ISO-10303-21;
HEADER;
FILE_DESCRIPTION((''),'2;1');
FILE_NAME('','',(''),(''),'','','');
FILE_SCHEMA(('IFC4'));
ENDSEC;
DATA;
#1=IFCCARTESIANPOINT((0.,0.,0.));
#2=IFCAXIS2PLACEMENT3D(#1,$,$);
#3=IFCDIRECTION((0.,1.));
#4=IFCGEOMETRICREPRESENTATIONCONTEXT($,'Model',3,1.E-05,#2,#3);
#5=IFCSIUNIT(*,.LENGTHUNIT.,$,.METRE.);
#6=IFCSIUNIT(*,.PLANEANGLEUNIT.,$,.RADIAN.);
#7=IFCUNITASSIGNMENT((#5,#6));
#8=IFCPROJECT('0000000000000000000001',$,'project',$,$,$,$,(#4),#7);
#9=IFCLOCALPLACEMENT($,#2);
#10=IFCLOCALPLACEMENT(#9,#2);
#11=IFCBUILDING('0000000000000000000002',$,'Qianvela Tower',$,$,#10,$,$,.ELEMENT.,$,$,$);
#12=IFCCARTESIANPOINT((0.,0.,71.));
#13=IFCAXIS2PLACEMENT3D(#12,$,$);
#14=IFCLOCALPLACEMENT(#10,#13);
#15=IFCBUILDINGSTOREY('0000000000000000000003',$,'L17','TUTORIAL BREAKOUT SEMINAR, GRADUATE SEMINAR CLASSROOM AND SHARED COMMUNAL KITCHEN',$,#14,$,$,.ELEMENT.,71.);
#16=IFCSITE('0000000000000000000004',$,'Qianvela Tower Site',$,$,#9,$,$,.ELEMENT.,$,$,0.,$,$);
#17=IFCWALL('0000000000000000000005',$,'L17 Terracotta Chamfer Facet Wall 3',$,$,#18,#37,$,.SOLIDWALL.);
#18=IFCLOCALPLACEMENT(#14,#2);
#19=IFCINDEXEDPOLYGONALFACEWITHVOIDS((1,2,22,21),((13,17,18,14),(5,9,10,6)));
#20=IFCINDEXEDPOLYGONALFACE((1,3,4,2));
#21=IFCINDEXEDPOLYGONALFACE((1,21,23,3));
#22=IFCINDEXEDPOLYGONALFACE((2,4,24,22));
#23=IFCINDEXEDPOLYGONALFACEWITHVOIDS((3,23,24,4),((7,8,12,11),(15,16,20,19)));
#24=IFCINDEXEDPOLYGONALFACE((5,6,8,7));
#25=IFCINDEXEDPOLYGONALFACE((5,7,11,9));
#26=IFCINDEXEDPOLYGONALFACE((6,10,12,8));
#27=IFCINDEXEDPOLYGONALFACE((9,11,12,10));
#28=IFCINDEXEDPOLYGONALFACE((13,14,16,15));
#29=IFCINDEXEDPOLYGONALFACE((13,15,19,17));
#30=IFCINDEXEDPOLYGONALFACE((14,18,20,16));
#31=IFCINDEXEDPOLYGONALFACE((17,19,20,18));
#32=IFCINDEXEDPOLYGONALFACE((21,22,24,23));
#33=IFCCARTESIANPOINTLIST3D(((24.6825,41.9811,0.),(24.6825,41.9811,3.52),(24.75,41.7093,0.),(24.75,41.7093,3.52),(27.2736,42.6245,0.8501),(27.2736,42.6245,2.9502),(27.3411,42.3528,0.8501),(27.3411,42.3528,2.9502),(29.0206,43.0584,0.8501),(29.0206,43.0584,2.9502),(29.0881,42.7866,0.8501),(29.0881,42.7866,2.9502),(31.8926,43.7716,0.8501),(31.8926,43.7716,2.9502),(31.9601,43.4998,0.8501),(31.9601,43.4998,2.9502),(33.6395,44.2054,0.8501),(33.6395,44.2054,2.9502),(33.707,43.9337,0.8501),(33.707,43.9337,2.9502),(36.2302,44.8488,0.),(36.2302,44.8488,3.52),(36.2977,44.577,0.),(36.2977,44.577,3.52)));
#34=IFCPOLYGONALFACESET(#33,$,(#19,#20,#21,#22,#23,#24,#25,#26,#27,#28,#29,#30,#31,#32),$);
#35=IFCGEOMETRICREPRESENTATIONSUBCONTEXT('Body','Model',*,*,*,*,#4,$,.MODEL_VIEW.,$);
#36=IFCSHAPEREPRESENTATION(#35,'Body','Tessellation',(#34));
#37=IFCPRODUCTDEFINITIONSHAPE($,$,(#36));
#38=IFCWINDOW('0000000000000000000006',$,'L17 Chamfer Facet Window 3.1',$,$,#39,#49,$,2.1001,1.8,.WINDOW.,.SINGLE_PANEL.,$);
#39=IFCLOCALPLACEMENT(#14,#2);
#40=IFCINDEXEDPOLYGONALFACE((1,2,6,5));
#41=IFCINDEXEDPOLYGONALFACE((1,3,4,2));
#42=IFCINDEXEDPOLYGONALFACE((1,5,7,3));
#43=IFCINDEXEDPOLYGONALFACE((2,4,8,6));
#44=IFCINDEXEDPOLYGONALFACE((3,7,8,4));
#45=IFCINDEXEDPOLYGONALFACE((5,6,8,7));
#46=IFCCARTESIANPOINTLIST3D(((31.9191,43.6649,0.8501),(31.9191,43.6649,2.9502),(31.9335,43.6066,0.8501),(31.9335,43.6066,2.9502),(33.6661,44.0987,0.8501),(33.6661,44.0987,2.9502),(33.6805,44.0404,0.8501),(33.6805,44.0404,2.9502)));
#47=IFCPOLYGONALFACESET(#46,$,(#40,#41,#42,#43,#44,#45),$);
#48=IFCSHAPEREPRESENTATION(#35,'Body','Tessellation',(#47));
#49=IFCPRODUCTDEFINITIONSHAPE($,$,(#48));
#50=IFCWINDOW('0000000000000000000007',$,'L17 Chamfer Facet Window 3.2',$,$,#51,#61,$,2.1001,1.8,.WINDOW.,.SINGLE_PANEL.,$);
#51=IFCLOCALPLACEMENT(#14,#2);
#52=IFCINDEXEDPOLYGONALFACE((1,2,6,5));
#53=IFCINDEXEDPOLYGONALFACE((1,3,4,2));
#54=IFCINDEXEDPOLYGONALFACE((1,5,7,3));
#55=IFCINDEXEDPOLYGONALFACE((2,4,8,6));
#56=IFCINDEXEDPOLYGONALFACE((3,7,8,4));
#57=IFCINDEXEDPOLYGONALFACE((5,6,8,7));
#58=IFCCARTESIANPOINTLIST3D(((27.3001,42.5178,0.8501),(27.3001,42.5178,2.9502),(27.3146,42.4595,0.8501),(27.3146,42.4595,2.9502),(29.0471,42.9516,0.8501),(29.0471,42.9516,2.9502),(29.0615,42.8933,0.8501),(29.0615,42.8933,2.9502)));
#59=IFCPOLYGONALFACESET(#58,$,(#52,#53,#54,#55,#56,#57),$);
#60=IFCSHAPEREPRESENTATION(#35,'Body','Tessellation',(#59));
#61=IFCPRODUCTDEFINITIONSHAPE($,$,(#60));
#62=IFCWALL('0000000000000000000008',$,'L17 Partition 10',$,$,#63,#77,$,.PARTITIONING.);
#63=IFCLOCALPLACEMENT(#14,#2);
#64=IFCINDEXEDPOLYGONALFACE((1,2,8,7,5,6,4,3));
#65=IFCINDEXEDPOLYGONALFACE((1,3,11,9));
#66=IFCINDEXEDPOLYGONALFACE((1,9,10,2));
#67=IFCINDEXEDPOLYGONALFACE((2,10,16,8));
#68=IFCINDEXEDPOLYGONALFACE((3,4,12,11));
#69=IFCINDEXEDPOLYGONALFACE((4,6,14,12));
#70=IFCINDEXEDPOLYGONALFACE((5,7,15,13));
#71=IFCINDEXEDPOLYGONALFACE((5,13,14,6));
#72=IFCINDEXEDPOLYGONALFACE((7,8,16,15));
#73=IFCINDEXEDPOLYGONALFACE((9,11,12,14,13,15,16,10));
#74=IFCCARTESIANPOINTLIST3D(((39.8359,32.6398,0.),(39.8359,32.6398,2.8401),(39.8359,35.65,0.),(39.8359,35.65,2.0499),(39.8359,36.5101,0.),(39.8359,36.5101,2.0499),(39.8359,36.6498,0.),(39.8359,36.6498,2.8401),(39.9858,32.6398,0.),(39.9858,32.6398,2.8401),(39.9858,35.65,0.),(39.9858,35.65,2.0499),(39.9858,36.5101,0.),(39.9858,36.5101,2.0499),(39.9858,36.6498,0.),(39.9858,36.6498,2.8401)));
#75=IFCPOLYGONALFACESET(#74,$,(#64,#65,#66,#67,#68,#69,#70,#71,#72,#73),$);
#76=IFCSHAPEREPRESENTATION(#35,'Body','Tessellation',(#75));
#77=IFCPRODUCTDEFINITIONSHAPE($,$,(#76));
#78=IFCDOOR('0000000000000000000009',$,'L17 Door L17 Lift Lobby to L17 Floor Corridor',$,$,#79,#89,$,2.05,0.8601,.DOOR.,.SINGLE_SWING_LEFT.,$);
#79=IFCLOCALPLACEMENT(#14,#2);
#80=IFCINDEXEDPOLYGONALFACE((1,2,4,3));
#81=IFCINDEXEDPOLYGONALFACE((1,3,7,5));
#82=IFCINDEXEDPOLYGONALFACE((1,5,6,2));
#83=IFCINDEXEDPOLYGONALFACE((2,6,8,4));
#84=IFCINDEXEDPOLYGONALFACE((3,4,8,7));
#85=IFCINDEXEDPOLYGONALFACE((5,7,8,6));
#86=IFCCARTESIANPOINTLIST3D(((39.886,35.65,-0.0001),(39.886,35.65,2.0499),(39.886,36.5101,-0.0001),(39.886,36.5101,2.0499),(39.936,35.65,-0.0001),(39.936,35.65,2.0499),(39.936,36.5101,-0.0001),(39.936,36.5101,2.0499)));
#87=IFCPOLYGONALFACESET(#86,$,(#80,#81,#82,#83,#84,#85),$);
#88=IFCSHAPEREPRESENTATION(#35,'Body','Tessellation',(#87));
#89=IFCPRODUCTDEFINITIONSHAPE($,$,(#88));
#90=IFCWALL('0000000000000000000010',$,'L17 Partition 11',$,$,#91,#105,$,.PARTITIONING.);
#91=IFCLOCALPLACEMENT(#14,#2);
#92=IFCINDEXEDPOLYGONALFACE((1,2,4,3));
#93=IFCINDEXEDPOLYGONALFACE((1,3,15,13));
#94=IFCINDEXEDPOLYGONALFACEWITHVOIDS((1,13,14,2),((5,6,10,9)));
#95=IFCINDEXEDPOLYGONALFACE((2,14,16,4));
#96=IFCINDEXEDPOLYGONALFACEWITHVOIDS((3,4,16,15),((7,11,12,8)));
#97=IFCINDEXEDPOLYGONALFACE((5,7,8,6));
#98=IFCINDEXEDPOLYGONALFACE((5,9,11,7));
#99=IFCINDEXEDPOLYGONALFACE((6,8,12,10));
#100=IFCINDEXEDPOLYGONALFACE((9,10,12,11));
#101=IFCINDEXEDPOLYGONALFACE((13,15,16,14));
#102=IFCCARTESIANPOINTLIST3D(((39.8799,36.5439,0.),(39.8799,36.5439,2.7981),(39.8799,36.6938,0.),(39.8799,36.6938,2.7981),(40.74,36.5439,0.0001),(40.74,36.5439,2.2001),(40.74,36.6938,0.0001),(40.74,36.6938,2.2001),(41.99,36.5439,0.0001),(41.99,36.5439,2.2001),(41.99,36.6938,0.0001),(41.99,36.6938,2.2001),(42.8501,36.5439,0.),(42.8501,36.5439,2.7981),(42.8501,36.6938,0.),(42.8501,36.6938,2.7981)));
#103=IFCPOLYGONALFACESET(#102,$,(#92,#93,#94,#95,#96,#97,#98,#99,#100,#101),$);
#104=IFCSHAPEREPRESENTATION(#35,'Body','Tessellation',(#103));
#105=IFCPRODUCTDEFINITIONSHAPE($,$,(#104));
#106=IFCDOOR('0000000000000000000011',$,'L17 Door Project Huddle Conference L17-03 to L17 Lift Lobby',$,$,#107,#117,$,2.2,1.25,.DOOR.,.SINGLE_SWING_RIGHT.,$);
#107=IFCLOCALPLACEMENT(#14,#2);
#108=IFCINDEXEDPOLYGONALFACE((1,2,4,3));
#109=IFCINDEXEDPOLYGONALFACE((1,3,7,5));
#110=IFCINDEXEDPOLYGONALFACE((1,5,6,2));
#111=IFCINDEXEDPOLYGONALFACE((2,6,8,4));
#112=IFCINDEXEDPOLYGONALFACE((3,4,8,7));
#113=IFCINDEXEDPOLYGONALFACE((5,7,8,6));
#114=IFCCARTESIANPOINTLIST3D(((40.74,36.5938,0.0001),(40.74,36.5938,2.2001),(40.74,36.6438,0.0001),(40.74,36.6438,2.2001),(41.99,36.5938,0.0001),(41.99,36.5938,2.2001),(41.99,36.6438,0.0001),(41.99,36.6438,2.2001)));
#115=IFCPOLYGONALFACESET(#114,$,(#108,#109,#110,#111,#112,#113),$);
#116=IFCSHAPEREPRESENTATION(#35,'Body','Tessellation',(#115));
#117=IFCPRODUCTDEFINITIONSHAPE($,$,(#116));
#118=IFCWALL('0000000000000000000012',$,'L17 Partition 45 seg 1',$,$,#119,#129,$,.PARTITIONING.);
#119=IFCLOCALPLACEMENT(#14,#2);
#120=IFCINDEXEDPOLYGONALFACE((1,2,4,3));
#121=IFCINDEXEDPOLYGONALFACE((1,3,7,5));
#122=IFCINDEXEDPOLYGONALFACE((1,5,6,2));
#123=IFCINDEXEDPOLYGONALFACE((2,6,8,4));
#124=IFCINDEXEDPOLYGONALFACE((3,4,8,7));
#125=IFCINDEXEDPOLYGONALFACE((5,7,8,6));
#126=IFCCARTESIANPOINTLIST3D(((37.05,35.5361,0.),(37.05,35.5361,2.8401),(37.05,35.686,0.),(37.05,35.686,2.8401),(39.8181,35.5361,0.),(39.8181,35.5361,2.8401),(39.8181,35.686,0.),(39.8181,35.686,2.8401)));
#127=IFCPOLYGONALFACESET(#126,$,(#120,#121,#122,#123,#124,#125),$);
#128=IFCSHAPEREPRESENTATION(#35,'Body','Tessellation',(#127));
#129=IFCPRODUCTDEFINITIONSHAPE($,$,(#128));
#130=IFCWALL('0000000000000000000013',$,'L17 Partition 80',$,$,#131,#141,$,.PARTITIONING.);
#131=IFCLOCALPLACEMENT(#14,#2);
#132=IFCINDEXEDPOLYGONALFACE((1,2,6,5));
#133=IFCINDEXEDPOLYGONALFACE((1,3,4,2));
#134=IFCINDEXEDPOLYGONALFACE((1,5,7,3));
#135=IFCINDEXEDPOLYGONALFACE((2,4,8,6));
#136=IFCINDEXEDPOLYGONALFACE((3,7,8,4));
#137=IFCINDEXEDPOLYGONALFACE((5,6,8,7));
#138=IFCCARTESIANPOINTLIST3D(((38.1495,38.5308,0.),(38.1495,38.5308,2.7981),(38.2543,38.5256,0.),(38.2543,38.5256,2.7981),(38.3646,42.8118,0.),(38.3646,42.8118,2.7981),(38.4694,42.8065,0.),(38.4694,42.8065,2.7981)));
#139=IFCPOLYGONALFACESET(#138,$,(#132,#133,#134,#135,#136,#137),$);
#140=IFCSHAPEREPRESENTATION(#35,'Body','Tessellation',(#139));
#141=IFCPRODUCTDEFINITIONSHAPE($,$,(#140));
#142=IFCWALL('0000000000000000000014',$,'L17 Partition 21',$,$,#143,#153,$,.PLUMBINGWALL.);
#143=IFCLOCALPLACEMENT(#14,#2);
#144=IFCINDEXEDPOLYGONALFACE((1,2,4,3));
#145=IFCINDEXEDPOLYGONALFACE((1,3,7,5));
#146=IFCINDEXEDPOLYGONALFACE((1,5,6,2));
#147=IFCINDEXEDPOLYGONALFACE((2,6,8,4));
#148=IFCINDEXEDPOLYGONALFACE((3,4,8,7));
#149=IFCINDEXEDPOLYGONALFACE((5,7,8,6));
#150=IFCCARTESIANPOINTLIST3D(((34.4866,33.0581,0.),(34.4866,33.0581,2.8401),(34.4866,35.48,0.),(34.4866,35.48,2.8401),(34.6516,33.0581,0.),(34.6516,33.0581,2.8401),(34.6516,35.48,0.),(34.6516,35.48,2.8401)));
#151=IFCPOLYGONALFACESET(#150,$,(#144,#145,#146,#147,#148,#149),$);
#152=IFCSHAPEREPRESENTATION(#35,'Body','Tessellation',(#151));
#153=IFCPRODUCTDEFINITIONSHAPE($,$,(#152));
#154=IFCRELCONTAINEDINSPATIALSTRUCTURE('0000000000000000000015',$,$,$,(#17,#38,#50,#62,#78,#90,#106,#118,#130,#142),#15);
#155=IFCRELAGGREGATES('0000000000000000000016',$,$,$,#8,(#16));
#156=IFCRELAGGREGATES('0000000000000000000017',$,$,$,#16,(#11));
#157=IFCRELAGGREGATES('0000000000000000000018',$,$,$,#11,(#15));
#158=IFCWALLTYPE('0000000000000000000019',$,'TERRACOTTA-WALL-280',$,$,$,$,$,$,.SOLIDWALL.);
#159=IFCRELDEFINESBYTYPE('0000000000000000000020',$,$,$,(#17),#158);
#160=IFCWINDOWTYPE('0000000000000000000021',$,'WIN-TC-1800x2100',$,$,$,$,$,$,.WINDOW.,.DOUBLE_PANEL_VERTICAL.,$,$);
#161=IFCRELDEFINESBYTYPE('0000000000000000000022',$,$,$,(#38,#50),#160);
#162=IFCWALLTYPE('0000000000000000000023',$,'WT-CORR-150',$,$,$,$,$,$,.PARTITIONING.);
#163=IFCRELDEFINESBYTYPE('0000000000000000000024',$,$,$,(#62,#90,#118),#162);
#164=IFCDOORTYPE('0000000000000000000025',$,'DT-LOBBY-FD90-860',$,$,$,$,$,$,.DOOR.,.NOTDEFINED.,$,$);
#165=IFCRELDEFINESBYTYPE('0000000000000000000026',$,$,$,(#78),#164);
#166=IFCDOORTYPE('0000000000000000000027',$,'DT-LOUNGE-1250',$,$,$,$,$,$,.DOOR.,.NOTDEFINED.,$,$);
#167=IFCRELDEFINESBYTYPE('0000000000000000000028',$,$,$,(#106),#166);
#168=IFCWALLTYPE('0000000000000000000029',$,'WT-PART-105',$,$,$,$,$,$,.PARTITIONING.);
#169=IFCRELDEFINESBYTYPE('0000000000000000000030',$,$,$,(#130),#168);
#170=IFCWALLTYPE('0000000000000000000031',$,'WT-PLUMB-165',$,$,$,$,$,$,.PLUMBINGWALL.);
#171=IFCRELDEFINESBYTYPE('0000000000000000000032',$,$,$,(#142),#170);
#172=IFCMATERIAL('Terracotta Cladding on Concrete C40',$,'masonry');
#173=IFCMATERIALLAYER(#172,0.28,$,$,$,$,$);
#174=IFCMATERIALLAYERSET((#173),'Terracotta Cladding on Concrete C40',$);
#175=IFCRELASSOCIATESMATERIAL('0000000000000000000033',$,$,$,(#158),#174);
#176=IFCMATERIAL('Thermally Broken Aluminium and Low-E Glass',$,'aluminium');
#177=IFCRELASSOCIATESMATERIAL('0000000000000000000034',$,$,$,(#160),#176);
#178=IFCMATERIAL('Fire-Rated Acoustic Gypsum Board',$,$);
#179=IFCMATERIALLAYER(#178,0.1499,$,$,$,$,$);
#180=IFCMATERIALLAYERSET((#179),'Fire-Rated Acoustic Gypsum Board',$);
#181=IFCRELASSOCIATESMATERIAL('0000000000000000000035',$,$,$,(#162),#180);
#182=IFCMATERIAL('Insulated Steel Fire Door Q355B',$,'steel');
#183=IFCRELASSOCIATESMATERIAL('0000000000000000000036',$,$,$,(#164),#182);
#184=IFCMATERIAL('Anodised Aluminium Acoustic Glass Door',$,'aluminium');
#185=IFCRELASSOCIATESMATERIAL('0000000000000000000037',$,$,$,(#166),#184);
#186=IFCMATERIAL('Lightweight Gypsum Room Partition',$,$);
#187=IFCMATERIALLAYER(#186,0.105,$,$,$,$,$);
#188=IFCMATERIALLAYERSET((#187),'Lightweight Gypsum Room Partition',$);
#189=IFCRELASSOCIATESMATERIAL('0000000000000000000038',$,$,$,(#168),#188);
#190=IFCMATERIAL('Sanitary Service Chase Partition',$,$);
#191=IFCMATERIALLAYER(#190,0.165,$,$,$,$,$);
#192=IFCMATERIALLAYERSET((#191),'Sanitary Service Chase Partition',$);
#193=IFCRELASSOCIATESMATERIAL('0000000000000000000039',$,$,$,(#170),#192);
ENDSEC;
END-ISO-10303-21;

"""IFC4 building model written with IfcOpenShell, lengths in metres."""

from ifc_helpers import new_model, si_unit, direction, frame, frame_2d, origin, place, context, subcontext, project, spatial, rectangle, extrude, material, layer, layer_set, type_object, element, fill, save


model = new_model("IFC4")

# Units and contexts
model_context = context("Model", 3, precision=1e-05, world=origin(), true_north=direction((0.0, 1.0)))
body_context = subcontext(model_context, "Body", "Model", "MODEL_VIEW")
ifc_project = project(units=[si_unit("LENGTHUNIT", "METRE"), si_unit("PLANEANGLEUNIT", "RADIAN")], contexts=[model_context])

# Site, building, storey
site_placement = place(None, origin())
site = spatial("IfcSite", under=ifc_project, at=site_placement, Name="Qianvela Tower Site", CompositionType="ELEMENT", RefElevation=0.0)
building_placement = place(site_placement, origin())
building = spatial("IfcBuilding", under=site, at=building_placement, Name="Qianvela Tower", CompositionType="ELEMENT")
storey_placement = place(building_placement, frame((0.0, 0.0, 71.0)))
storey = spatial("IfcBuildingStorey", under=building, at=storey_placement, Name="L17", Description="TUTORIAL BREAKOUT SEMINAR, GRADUATE SEMINAR CLASSROOM AND SHARED COMMUNAL KITCHEN", CompositionType="ELEMENT", Elevation=71.0)

# Wall, openings, windows
ifc_material_1 = material(Name="Terracotta Cladding on Concrete C40", Category="masonry")
ifc_layer_1 = layer(ifc_material_1, 0.28)
ifc_layer_set_1 = layer_set([ifc_layer_1], Name="Terracotta Cladding on Concrete C40")
wall_type_1 = type_object("IfcWallType", Name="TERRACOTTA-WALL-280", PredefinedType="SOLIDWALL", material=ifc_layer_set_1)
wall_1_placement = place(storey_placement, frame((36.2639, 44.7129, 0.0), z_axis=(0.0, 0.0, 1.0), x_axis=(-0.970522, -0.241015, 0.0)))
wall_1 = element("IfcWall", 1, at=wall_1_placement, inside=storey, type_object=wall_type_1, Name="L17 Terracotta Chamfer Facet Wall 3", PredefinedType="SOLIDWALL", context=body_context, shape_type="SweptSolid", body=[
    extrude(rectangle(XDim=11.8984, YDim=0.28, at=frame_2d((5.9492, 0.0))), origin(), (0.0, 0.0, 1.0), 3.52),
])
opening_1_placement = place(wall_1_placement, frame((2.6694, 0.0, 0.8501)))
opening_1 = element("IfcOpeningElement", 2, at=opening_1_placement, cuts=wall_1, PredefinedType="OPENING", context=body_context, shape_type="SweptSolid", body=[
    extrude(rectangle(XDim=1.8, YDim=2.1001, at=frame_2d((0.8999, 1.05))), frame((0.0, 0.1499, 0.0), z_axis=(0.0, -1.0, 0.0), x_axis=(1.0, 0.0, 0.0)), (0.0, 0.0, 1.0), 0.3),
])
opening_2_placement = place(wall_1_placement, frame((7.4287, 0.0, 0.8501)))
opening_2 = element("IfcOpeningElement", 3, at=opening_2_placement, cuts=wall_1, PredefinedType="OPENING", context=body_context, shape_type="SweptSolid", body=[
    extrude(rectangle(XDim=1.8, YDim=2.1001, at=frame_2d((0.8999, 1.05))), frame((0.0, 0.1499, 0.0), z_axis=(0.0, -1.0, 0.0), x_axis=(1.0, 0.0, 0.0)), (0.0, 0.0, 1.0), 0.3),
])
ifc_material_2 = material(Name="Thermally Broken Aluminium and Low-E Glass", Category="aluminium")
window_type = type_object("IfcWindowType", Name="WIN-TC-1800x2100", PartitioningType="DOUBLE_PANEL_VERTICAL", PredefinedType="WINDOW", material=ifc_material_2)
window_1_placement = place(opening_1_placement, origin())
window_1 = element("IfcWindow", 4, at=window_1_placement, inside=storey, type_object=window_type, Name="L17 Chamfer Facet Window 3.1", OverallHeight=2.1001, OverallWidth=1.8, PartitioningType="SINGLE_PANEL", PredefinedType="WINDOW", context=body_context, shape_type="SweptSolid", body=[
    extrude(rectangle(XDim=1.8, YDim=2.1001, at=frame_2d((0.8999, 1.05))), frame((0.0, 0.03, 0.0), z_axis=(0.0, -1.0, 0.0), x_axis=(1.0, 0.0, 0.0)), (0.0, 0.0, 1.0), 0.0601),
])
fill(opening_1, window_1)
window_2_placement = place(opening_2_placement, origin())
window_2 = element("IfcWindow", 5, at=window_2_placement, inside=storey, type_object=window_type, Name="L17 Chamfer Facet Window 3.2", OverallHeight=2.1001, OverallWidth=1.8, PartitioningType="SINGLE_PANEL", PredefinedType="WINDOW", context=body_context, shape_type="SweptSolid", body=[
    extrude(rectangle(XDim=1.8, YDim=2.1001, at=frame_2d((0.8999, 1.05))), frame((0.0, 0.03, 0.0), z_axis=(0.0, -1.0, 0.0), x_axis=(1.0, 0.0, 0.0)), (0.0, 0.0, 1.0), 0.0601),
])
fill(opening_2, window_2)

# Walls, openings, doors
ifc_material_3 = material(Name="Fire-Rated Acoustic Gypsum Board")
ifc_layer_2 = layer(ifc_material_3, 0.1499)
ifc_layer_set_2 = layer_set([ifc_layer_2], Name="Fire-Rated Acoustic Gypsum Board")
wall_type_2 = type_object("IfcWallType", Name="WT-CORR-150", PredefinedType="PARTITIONING", material=ifc_layer_set_2)
wall_2_placement = place(storey_placement, frame((39.9109, 32.6399, 0.0), z_axis=(0.0, 0.0, 1.0), x_axis=(0.0, 1.0, 0.0)))
wall_2 = element("IfcWall", 6, at=wall_2_placement, inside=storey, type_object=wall_type_2, Name="L17 Partition 10", PredefinedType="PARTITIONING", context=body_context, shape_type="SweptSolid", body=[
    extrude(rectangle(XDim=4.01, YDim=0.1499, at=frame_2d((2.0049, 0.0))), origin(), (0.0, 0.0, 1.0), 2.8401),
])
opening_3_placement = place(wall_2_placement, frame((3.01, 0.0, 0.0)))
opening_3 = element("IfcOpeningElement", 7, at=opening_3_placement, cuts=wall_2, PredefinedType="OPENING", context=body_context, shape_type="SweptSolid", body=[
    extrude(rectangle(XDim=0.8601, YDim=2.05, at=frame_2d((0.4302, 1.0249))), frame((0.0, 0.085, 0.0), z_axis=(0.0, -1.0, 0.0), x_axis=(1.0, 0.0, 0.0)), (0.0, 0.0, 1.0), 0.1699),
])
ifc_material_4 = material(Name="Insulated Steel Fire Door Q355B", Category="steel")
door_type_1 = type_object("IfcDoorType", Name="DT-LOBBY-FD90-860", OperationType="NOTDEFINED", PredefinedType="DOOR", material=ifc_material_4)
door_1_placement = place(opening_3_placement, origin())
door_1 = element("IfcDoor", 8, at=door_1_placement, inside=storey, type_object=door_type_1, Name="L17 Door L17 Lift Lobby to L17 Floor Corridor", OperationType="SINGLE_SWING_LEFT", OverallHeight=2.05, OverallWidth=0.8601, PredefinedType="DOOR", context=body_context, shape_type="SweptSolid", body=[
    extrude(rectangle(XDim=0.8601, YDim=2.05, at=frame_2d((0.4302, 1.0249))), frame((0.0, 0.0249, 0.0), z_axis=(0.0, -1.0, 0.0), x_axis=(1.0, 0.0, 0.0)), (0.0, 0.0, 1.0), 0.05),
])
fill(opening_3, door_1)
wall_3_placement = place(storey_placement, frame((39.8799, 36.6189, 0.0), z_axis=(0.0, 0.0, 1.0), x_axis=(1.0, 0.0, 0.0)))
wall_3 = element("IfcWall", 9, at=wall_3_placement, inside=storey, type_object=wall_type_2, Name="L17 Partition 11", PredefinedType="PARTITIONING", context=body_context, shape_type="SweptSolid", body=[
    extrude(rectangle(XDim=2.9702, YDim=0.1499, at=frame_2d((1.4851, 0.0))), origin(), (0.0, 0.0, 1.0), 2.7981),
])
opening_4_placement = place(wall_3_placement, frame((0.8601, 0.0, 0.0)))
opening_4 = element("IfcOpeningElement", 10, at=opening_4_placement, cuts=wall_3, PredefinedType="OPENING", context=body_context, shape_type="SweptSolid", body=[
    extrude(rectangle(XDim=1.25, YDim=2.2, at=frame_2d((0.625, 1.1001))), frame((0.0, 0.085, 0.0), z_axis=(0.0, -1.0, 0.0), x_axis=(1.0, 0.0, 0.0)), (0.0, 0.0, 1.0), 0.1699),
])
ifc_material_5 = material(Name="Anodised Aluminium Acoustic Glass Door", Category="aluminium")
door_type_2 = type_object("IfcDoorType", Name="DT-LOUNGE-1250", OperationType="NOTDEFINED", PredefinedType="DOOR", material=ifc_material_5)
door_2_placement = place(opening_4_placement, origin())
door_2 = element("IfcDoor", 11, at=door_2_placement, inside=storey, type_object=door_type_2, Name="L17 Door Project Huddle Conference L17-03 to L17 Lift Lobby", OperationType="SINGLE_SWING_RIGHT", OverallHeight=2.2, OverallWidth=1.25, PredefinedType="DOOR", context=body_context, shape_type="SweptSolid", body=[
    extrude(rectangle(XDim=1.25, YDim=2.2, at=frame_2d((0.625, 1.1001))), frame((0.0, 0.0249, 0.0), z_axis=(0.0, -1.0, 0.0), x_axis=(1.0, 0.0, 0.0)), (0.0, 0.0, 1.0), 0.05),
])
fill(opening_4, door_2)

# Walls
wall_4_placement = place(storey_placement, frame((39.8181, 35.6111, 0.0), z_axis=(0.0, 0.0, 1.0), x_axis=(-1.0, 0.0, 0.0)))
element("IfcWall", 12, at=wall_4_placement, inside=storey, type_object=wall_type_2, Name="L17 Partition 45 seg 1", PredefinedType="PARTITIONING", context=body_context, shape_type="SweptSolid", body=[
    extrude(rectangle(XDim=2.7681, YDim=0.1499, at=frame_2d((1.384, 0.0))), origin(), (0.0, 0.0, 1.0), 2.8401),
])
ifc_material_6 = material(Name="Lightweight Gypsum Room Partition")
ifc_layer_3 = layer(ifc_material_6, 0.105)
ifc_layer_set_3 = layer_set([ifc_layer_3], Name="Lightweight Gypsum Room Partition")
wall_type_3 = type_object("IfcWallType", Name="WT-PART-105", PredefinedType="PARTITIONING", material=ifc_layer_set_3)
wall_5_placement = place(storey_placement, frame((38.2019, 38.5283, 0.0), z_axis=(0.0, 0.0, 1.0), x_axis=(0.050179, 0.99874, 0.0)))
element("IfcWall", 13, at=wall_5_placement, inside=storey, type_object=wall_type_3, Name="L17 Partition 80", PredefinedType="PARTITIONING", context=body_context, shape_type="SweptSolid", body=[
    extrude(rectangle(XDim=4.2864, YDim=0.105, at=frame_2d((2.1431, 0.0))), origin(), (0.0, 0.0, 1.0), 2.7981),
])
ifc_material_7 = material(Name="Sanitary Service Chase Partition")
ifc_layer_4 = layer(ifc_material_7, 0.165)
ifc_layer_set_4 = layer_set([ifc_layer_4], Name="Sanitary Service Chase Partition")
wall_type_4 = type_object("IfcWallType", Name="WT-PLUMB-165", PredefinedType="PLUMBINGWALL", material=ifc_layer_set_4)
wall_6_placement = place(storey_placement, frame((34.5691, 35.48, 0.0), z_axis=(0.0, 0.0, 1.0), x_axis=(0.0, -1.0, 0.0)))
element("IfcWall", 14, at=wall_6_placement, inside=storey, type_object=wall_type_4, Name="L17 Partition 21", PredefinedType="PLUMBINGWALL", context=body_context, shape_type="SweptSolid", body=[
    extrude(rectangle(XDim=2.4219, YDim=0.165, at=frame_2d((1.2109, 0.0))), origin(), (0.0, 0.0, 1.0), 2.8401),
])

save(model, "model.ifc")
